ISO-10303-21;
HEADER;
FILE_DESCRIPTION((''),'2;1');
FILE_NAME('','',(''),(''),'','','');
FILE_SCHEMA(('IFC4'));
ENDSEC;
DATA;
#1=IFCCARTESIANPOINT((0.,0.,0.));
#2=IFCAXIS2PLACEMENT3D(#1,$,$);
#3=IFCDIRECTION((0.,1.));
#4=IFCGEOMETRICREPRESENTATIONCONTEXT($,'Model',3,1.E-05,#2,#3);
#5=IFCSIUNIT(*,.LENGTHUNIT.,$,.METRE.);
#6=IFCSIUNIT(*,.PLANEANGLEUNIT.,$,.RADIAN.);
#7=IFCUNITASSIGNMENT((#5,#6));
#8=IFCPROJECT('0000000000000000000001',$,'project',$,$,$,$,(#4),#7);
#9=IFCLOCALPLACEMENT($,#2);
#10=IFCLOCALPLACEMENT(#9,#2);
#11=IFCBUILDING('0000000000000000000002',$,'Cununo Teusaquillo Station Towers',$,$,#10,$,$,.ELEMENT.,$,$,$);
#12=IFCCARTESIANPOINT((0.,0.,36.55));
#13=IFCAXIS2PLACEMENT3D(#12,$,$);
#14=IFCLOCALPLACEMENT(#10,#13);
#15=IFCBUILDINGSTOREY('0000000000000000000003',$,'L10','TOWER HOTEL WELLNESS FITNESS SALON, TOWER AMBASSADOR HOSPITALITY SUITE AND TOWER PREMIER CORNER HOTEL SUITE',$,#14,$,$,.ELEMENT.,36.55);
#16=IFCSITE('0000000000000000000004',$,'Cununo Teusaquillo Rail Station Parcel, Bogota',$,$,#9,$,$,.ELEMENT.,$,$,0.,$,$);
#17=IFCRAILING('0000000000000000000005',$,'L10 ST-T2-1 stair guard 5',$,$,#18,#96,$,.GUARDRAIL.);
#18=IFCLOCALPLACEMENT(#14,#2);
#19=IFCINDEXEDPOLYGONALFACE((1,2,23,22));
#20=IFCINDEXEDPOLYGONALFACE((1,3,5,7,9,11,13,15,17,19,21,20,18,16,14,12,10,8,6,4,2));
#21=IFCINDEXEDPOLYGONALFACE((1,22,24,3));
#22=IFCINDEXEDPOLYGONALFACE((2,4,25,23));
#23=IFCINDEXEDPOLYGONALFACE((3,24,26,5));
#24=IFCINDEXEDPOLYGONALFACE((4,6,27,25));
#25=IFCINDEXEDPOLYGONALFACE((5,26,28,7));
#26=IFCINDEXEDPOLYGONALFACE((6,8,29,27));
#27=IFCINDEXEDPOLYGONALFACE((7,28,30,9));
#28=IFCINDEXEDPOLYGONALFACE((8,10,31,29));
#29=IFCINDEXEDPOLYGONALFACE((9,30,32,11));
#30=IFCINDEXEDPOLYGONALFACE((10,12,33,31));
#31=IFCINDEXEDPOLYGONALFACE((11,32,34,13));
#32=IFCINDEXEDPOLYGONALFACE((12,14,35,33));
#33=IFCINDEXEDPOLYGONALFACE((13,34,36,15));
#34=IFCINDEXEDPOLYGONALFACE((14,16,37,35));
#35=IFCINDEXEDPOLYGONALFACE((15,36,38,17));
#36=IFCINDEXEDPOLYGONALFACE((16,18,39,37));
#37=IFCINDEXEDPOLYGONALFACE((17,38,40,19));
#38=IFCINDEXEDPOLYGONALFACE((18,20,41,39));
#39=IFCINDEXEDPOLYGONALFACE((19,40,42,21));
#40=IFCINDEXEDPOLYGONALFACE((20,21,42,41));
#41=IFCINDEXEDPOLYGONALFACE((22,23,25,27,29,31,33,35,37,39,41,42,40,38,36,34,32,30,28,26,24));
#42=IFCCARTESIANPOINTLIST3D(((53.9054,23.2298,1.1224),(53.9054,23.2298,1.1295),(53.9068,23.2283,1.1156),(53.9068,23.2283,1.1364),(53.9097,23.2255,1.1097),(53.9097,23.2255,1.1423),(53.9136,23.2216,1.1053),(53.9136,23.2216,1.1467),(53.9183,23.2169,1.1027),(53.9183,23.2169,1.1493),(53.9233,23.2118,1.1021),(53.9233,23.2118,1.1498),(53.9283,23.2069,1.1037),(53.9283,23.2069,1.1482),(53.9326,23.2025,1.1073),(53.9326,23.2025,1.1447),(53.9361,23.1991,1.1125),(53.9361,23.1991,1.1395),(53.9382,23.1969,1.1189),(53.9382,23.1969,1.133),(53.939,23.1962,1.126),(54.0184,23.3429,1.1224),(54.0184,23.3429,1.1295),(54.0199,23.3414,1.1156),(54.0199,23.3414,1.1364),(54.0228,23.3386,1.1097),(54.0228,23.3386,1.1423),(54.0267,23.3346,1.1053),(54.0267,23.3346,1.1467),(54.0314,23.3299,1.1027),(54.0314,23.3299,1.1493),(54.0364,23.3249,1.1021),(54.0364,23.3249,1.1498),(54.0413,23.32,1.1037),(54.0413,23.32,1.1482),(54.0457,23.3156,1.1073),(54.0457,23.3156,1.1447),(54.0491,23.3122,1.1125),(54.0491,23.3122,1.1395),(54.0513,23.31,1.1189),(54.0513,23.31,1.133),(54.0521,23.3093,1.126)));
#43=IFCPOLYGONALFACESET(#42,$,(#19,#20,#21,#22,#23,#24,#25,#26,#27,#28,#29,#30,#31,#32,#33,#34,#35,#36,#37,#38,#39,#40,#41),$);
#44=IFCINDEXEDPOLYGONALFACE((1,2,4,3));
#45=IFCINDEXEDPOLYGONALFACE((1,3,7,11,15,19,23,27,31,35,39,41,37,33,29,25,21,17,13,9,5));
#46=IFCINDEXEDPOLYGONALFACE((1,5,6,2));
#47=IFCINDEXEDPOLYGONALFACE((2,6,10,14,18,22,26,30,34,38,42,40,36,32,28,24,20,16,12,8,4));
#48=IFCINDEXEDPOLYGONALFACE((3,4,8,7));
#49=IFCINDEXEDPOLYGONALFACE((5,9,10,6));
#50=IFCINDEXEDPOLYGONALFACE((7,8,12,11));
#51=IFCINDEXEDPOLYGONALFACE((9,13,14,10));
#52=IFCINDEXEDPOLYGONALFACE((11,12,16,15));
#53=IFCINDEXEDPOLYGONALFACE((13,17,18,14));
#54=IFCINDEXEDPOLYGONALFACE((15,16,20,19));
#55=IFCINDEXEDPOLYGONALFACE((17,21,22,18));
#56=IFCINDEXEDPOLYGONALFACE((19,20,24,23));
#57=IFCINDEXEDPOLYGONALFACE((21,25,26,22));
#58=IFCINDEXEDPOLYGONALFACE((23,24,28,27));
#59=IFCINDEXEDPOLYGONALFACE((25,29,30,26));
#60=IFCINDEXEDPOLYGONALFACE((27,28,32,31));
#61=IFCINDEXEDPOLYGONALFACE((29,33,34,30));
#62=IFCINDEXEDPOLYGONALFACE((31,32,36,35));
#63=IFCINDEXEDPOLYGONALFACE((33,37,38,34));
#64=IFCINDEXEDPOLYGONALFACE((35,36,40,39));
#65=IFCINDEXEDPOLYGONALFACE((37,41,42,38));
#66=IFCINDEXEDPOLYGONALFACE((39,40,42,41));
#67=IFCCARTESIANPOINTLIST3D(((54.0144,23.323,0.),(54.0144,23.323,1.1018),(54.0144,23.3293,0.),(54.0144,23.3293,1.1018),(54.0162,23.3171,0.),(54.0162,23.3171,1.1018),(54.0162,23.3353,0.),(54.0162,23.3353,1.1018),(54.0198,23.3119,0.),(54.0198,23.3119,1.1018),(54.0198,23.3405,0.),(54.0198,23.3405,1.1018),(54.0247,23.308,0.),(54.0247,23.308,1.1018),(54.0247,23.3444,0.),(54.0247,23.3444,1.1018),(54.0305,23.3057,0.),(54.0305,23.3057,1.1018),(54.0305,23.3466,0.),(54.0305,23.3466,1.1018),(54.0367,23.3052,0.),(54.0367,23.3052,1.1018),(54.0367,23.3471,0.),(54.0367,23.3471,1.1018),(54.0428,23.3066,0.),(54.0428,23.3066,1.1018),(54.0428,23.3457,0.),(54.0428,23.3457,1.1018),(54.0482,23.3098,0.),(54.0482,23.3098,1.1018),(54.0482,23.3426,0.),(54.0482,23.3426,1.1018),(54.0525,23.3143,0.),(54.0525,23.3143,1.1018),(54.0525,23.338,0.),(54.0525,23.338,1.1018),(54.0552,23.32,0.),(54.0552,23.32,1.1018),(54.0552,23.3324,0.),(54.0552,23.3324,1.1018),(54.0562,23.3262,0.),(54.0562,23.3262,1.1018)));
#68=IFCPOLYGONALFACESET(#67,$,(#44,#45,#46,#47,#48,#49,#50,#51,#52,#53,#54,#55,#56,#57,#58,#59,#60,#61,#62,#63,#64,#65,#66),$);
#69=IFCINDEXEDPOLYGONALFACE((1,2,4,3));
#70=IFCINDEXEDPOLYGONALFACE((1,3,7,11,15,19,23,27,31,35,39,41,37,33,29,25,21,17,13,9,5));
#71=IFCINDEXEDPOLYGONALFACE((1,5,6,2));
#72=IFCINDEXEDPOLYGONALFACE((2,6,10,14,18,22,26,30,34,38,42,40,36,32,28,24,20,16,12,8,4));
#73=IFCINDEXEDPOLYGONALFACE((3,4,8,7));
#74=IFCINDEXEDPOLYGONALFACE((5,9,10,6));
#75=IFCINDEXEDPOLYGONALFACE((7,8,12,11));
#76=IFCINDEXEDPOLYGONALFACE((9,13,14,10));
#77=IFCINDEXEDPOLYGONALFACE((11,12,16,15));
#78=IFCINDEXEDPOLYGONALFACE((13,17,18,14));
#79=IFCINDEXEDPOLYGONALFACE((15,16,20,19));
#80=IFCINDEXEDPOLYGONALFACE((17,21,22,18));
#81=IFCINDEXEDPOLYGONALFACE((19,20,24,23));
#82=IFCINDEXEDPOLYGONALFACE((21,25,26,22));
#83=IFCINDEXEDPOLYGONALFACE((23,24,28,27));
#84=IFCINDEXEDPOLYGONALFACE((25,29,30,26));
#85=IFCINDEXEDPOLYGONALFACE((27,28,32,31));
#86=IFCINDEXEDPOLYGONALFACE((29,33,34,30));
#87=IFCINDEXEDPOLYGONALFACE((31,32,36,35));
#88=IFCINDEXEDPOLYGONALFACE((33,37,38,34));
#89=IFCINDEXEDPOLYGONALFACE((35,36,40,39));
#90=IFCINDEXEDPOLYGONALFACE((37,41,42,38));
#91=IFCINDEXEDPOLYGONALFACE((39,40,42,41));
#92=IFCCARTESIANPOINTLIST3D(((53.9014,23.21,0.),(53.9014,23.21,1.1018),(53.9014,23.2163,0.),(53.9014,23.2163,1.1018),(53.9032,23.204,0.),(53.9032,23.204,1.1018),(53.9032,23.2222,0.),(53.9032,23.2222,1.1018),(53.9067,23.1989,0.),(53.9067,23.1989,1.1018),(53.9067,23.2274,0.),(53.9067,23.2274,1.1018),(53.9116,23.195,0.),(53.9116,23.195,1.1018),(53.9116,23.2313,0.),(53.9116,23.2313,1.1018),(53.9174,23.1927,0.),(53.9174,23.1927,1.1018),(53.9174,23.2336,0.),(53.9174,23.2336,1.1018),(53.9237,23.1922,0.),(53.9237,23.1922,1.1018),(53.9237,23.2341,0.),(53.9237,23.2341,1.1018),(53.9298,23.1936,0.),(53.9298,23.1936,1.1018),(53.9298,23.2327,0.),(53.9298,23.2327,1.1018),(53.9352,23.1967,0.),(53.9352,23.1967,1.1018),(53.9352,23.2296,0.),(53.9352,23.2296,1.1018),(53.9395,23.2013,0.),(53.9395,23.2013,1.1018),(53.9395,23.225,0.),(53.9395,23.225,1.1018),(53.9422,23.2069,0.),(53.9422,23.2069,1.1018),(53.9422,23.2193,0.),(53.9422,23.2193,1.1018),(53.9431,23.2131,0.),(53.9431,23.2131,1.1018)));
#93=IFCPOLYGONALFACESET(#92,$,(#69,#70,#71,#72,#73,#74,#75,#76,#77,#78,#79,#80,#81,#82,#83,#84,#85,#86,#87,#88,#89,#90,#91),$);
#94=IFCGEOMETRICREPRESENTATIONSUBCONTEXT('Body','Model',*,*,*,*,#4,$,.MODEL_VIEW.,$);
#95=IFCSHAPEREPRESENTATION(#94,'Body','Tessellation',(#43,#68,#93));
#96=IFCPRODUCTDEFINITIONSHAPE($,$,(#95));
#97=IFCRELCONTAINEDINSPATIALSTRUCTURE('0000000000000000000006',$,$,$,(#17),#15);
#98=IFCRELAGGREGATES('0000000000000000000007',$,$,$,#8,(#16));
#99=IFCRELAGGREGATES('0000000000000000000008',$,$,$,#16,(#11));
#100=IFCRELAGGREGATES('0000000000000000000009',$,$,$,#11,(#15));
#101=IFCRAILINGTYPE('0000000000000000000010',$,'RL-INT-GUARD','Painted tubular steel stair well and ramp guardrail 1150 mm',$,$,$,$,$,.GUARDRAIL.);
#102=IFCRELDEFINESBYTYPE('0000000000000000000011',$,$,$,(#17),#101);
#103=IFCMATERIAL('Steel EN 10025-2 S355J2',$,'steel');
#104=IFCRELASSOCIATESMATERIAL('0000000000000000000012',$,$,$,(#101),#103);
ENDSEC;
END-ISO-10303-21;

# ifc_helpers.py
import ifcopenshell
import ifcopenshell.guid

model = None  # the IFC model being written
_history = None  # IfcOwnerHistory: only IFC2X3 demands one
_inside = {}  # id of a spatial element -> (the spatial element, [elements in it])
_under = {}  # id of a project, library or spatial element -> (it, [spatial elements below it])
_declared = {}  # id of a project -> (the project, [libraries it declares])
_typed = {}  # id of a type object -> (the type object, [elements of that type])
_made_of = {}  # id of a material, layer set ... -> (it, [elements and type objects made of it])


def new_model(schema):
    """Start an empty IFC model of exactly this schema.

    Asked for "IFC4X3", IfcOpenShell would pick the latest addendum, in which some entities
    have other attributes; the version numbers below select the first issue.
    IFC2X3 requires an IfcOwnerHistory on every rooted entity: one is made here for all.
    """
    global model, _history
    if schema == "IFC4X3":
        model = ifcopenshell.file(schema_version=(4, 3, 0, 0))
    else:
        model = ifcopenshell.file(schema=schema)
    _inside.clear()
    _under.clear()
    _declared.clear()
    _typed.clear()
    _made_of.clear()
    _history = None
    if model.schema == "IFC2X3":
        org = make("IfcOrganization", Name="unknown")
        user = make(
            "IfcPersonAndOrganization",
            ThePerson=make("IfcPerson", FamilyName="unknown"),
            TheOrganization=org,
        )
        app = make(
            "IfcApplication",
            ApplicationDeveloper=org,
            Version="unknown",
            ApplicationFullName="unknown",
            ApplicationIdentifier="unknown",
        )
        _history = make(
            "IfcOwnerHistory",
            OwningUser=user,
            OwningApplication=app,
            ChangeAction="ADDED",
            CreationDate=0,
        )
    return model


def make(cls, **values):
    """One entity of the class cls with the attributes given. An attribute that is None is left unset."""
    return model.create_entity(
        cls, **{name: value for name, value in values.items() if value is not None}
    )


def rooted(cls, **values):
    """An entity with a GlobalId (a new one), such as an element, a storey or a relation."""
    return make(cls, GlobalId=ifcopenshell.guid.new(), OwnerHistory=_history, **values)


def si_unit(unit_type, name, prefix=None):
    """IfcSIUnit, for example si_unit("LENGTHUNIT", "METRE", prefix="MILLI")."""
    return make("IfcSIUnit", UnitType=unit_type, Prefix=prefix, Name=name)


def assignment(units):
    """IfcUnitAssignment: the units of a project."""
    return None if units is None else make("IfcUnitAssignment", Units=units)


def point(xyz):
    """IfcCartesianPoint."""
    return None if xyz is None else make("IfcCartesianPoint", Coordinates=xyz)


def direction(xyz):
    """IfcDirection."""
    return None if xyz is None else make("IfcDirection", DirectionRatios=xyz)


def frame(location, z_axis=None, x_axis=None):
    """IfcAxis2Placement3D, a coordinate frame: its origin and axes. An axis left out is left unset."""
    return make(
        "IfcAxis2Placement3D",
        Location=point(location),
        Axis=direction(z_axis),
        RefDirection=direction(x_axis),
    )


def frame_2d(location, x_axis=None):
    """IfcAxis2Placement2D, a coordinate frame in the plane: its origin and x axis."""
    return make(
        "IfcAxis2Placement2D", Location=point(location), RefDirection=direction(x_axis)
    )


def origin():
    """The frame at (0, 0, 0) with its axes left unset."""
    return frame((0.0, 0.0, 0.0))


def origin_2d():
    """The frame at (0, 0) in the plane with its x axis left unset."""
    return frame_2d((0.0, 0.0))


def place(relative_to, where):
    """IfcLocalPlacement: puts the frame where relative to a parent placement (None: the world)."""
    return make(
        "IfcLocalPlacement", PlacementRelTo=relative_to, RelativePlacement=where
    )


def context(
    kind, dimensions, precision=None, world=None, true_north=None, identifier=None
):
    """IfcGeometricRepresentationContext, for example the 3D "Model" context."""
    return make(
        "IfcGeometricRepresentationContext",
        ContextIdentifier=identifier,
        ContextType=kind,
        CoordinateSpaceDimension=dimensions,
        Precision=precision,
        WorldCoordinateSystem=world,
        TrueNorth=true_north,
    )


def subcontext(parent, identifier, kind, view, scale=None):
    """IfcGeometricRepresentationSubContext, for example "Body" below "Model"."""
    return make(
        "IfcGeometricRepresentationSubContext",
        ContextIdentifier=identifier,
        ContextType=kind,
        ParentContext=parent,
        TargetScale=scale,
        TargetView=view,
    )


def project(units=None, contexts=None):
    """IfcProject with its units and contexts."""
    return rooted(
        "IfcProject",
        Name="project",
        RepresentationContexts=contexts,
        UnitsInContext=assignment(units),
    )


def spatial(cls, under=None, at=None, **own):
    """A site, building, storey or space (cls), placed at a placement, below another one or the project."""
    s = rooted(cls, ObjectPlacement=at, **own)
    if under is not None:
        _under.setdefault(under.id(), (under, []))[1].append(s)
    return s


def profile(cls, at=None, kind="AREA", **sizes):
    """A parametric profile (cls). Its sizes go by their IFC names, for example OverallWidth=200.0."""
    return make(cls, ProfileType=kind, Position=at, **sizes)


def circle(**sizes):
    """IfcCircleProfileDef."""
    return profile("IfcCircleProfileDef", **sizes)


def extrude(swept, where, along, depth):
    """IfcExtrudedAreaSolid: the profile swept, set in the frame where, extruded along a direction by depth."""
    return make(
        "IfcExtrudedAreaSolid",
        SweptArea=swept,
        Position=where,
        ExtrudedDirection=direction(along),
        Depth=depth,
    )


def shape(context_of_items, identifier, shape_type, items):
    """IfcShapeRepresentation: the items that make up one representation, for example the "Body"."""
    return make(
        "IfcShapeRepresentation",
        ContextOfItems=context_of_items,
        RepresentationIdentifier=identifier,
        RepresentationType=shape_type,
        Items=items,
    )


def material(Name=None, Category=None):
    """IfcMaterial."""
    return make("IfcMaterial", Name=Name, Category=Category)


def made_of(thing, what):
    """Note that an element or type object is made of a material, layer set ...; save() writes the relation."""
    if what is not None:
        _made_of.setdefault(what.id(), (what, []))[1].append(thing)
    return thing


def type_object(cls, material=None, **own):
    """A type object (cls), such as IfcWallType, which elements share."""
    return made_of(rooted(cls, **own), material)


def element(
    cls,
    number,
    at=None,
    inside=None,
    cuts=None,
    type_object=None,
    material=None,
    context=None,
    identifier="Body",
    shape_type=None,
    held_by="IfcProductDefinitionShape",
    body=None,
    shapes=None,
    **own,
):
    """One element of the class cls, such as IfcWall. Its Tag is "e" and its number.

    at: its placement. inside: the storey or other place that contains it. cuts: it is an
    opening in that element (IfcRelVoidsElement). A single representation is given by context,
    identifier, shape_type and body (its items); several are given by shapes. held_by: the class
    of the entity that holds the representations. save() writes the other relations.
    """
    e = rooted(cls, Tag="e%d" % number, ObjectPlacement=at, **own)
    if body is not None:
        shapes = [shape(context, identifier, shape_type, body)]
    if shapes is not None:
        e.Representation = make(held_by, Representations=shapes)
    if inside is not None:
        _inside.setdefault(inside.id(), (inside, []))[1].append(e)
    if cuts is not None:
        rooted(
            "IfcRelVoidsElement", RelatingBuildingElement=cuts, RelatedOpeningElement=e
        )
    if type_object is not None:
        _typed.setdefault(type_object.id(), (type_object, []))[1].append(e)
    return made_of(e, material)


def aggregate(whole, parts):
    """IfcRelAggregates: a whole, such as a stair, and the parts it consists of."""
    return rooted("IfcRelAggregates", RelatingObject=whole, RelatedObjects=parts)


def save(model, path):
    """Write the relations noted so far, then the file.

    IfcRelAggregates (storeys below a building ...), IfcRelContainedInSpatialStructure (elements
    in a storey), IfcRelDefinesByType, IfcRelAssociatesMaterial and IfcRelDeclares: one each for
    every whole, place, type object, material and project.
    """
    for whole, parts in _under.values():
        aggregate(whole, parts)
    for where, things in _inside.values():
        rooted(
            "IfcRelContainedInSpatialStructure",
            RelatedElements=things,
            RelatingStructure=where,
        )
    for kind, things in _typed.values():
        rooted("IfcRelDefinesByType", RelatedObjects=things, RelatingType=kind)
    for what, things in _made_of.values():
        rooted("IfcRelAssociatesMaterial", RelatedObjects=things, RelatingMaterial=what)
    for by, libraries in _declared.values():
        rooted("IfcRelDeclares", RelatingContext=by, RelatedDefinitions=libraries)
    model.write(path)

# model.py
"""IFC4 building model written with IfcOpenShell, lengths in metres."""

from ifc_helpers import new_model, si_unit, direction, frame, origin, origin_2d, place, context, subcontext, project, spatial, circle, extrude, material, type_object, element, save


model = new_model("IFC4")

# Units and contexts
model_context = context("Model", 3, precision=1e-05, world=origin(), true_north=direction((0.0, 1.0)))
body_context = subcontext(model_context, "Body", "Model", "MODEL_VIEW")
ifc_project = project(units=[si_unit("LENGTHUNIT", "METRE"), si_unit("PLANEANGLEUNIT", "RADIAN")], contexts=[model_context])

# Site, building, storey
site_placement = place(None, origin())
site = spatial("IfcSite", under=ifc_project, at=site_placement, Name="Cununo Teusaquillo Rail Station Parcel, Bogota", CompositionType="ELEMENT", RefElevation=0.0)
building_placement = place(site_placement, origin())
building = spatial("IfcBuilding", under=site, at=building_placement, Name="Cununo Teusaquillo Station Towers", CompositionType="ELEMENT")
storey_placement = place(building_placement, frame((0.0, 0.0, 36.55)))
storey = spatial("IfcBuildingStorey", under=building, at=storey_placement, Name="L10", Description="TOWER HOTEL WELLNESS FITNESS SALON, TOWER AMBASSADOR HOSPITALITY SUITE AND TOWER PREMIER CORNER HOTEL SUITE", CompositionType="ELEMENT", Elevation=36.55)

# Railing
ifc_material_1 = material(Name="Steel EN 10025-2 S355J2", Category="steel")
railing_type_1 = type_object("IfcRailingType", Name="RL-INT-GUARD", Description="Painted tubular steel stair well and ramp guardrail 1150 mm", PredefinedType="GUARDRAIL", material=ifc_material_1)
railing_1_placement = place(storey_placement, frame((54.0352, 23.3262, 0.0)))
element("IfcRailing", 1, at=railing_1_placement, inside=storey, type_object=railing_type_1, Name="L10 ST-T2-1 stair guard 5", PredefinedType="GUARDRAIL", context=body_context, shape_type="SweptSolid", body=[
    extrude(circle(Radius=0.0239, at=origin_2d()), frame((0.0, 0.0, 1.126), z_axis=(-0.707107, -0.707107, 0.0), x_axis=(0.707107, -0.707107, 0.0)), (0.0, 0.0, 1.0), 0.1599),
    extrude(circle(Radius=0.021, at=origin_2d()), origin(), (0.0, 0.0, 1.0), 1.1018),
    extrude(circle(Radius=0.021, at=origin_2d()), frame((-0.113, -0.113, 0.0)), (0.0, 0.0, 1.0), 1.1018),
])

save(model, "model.ifc")
